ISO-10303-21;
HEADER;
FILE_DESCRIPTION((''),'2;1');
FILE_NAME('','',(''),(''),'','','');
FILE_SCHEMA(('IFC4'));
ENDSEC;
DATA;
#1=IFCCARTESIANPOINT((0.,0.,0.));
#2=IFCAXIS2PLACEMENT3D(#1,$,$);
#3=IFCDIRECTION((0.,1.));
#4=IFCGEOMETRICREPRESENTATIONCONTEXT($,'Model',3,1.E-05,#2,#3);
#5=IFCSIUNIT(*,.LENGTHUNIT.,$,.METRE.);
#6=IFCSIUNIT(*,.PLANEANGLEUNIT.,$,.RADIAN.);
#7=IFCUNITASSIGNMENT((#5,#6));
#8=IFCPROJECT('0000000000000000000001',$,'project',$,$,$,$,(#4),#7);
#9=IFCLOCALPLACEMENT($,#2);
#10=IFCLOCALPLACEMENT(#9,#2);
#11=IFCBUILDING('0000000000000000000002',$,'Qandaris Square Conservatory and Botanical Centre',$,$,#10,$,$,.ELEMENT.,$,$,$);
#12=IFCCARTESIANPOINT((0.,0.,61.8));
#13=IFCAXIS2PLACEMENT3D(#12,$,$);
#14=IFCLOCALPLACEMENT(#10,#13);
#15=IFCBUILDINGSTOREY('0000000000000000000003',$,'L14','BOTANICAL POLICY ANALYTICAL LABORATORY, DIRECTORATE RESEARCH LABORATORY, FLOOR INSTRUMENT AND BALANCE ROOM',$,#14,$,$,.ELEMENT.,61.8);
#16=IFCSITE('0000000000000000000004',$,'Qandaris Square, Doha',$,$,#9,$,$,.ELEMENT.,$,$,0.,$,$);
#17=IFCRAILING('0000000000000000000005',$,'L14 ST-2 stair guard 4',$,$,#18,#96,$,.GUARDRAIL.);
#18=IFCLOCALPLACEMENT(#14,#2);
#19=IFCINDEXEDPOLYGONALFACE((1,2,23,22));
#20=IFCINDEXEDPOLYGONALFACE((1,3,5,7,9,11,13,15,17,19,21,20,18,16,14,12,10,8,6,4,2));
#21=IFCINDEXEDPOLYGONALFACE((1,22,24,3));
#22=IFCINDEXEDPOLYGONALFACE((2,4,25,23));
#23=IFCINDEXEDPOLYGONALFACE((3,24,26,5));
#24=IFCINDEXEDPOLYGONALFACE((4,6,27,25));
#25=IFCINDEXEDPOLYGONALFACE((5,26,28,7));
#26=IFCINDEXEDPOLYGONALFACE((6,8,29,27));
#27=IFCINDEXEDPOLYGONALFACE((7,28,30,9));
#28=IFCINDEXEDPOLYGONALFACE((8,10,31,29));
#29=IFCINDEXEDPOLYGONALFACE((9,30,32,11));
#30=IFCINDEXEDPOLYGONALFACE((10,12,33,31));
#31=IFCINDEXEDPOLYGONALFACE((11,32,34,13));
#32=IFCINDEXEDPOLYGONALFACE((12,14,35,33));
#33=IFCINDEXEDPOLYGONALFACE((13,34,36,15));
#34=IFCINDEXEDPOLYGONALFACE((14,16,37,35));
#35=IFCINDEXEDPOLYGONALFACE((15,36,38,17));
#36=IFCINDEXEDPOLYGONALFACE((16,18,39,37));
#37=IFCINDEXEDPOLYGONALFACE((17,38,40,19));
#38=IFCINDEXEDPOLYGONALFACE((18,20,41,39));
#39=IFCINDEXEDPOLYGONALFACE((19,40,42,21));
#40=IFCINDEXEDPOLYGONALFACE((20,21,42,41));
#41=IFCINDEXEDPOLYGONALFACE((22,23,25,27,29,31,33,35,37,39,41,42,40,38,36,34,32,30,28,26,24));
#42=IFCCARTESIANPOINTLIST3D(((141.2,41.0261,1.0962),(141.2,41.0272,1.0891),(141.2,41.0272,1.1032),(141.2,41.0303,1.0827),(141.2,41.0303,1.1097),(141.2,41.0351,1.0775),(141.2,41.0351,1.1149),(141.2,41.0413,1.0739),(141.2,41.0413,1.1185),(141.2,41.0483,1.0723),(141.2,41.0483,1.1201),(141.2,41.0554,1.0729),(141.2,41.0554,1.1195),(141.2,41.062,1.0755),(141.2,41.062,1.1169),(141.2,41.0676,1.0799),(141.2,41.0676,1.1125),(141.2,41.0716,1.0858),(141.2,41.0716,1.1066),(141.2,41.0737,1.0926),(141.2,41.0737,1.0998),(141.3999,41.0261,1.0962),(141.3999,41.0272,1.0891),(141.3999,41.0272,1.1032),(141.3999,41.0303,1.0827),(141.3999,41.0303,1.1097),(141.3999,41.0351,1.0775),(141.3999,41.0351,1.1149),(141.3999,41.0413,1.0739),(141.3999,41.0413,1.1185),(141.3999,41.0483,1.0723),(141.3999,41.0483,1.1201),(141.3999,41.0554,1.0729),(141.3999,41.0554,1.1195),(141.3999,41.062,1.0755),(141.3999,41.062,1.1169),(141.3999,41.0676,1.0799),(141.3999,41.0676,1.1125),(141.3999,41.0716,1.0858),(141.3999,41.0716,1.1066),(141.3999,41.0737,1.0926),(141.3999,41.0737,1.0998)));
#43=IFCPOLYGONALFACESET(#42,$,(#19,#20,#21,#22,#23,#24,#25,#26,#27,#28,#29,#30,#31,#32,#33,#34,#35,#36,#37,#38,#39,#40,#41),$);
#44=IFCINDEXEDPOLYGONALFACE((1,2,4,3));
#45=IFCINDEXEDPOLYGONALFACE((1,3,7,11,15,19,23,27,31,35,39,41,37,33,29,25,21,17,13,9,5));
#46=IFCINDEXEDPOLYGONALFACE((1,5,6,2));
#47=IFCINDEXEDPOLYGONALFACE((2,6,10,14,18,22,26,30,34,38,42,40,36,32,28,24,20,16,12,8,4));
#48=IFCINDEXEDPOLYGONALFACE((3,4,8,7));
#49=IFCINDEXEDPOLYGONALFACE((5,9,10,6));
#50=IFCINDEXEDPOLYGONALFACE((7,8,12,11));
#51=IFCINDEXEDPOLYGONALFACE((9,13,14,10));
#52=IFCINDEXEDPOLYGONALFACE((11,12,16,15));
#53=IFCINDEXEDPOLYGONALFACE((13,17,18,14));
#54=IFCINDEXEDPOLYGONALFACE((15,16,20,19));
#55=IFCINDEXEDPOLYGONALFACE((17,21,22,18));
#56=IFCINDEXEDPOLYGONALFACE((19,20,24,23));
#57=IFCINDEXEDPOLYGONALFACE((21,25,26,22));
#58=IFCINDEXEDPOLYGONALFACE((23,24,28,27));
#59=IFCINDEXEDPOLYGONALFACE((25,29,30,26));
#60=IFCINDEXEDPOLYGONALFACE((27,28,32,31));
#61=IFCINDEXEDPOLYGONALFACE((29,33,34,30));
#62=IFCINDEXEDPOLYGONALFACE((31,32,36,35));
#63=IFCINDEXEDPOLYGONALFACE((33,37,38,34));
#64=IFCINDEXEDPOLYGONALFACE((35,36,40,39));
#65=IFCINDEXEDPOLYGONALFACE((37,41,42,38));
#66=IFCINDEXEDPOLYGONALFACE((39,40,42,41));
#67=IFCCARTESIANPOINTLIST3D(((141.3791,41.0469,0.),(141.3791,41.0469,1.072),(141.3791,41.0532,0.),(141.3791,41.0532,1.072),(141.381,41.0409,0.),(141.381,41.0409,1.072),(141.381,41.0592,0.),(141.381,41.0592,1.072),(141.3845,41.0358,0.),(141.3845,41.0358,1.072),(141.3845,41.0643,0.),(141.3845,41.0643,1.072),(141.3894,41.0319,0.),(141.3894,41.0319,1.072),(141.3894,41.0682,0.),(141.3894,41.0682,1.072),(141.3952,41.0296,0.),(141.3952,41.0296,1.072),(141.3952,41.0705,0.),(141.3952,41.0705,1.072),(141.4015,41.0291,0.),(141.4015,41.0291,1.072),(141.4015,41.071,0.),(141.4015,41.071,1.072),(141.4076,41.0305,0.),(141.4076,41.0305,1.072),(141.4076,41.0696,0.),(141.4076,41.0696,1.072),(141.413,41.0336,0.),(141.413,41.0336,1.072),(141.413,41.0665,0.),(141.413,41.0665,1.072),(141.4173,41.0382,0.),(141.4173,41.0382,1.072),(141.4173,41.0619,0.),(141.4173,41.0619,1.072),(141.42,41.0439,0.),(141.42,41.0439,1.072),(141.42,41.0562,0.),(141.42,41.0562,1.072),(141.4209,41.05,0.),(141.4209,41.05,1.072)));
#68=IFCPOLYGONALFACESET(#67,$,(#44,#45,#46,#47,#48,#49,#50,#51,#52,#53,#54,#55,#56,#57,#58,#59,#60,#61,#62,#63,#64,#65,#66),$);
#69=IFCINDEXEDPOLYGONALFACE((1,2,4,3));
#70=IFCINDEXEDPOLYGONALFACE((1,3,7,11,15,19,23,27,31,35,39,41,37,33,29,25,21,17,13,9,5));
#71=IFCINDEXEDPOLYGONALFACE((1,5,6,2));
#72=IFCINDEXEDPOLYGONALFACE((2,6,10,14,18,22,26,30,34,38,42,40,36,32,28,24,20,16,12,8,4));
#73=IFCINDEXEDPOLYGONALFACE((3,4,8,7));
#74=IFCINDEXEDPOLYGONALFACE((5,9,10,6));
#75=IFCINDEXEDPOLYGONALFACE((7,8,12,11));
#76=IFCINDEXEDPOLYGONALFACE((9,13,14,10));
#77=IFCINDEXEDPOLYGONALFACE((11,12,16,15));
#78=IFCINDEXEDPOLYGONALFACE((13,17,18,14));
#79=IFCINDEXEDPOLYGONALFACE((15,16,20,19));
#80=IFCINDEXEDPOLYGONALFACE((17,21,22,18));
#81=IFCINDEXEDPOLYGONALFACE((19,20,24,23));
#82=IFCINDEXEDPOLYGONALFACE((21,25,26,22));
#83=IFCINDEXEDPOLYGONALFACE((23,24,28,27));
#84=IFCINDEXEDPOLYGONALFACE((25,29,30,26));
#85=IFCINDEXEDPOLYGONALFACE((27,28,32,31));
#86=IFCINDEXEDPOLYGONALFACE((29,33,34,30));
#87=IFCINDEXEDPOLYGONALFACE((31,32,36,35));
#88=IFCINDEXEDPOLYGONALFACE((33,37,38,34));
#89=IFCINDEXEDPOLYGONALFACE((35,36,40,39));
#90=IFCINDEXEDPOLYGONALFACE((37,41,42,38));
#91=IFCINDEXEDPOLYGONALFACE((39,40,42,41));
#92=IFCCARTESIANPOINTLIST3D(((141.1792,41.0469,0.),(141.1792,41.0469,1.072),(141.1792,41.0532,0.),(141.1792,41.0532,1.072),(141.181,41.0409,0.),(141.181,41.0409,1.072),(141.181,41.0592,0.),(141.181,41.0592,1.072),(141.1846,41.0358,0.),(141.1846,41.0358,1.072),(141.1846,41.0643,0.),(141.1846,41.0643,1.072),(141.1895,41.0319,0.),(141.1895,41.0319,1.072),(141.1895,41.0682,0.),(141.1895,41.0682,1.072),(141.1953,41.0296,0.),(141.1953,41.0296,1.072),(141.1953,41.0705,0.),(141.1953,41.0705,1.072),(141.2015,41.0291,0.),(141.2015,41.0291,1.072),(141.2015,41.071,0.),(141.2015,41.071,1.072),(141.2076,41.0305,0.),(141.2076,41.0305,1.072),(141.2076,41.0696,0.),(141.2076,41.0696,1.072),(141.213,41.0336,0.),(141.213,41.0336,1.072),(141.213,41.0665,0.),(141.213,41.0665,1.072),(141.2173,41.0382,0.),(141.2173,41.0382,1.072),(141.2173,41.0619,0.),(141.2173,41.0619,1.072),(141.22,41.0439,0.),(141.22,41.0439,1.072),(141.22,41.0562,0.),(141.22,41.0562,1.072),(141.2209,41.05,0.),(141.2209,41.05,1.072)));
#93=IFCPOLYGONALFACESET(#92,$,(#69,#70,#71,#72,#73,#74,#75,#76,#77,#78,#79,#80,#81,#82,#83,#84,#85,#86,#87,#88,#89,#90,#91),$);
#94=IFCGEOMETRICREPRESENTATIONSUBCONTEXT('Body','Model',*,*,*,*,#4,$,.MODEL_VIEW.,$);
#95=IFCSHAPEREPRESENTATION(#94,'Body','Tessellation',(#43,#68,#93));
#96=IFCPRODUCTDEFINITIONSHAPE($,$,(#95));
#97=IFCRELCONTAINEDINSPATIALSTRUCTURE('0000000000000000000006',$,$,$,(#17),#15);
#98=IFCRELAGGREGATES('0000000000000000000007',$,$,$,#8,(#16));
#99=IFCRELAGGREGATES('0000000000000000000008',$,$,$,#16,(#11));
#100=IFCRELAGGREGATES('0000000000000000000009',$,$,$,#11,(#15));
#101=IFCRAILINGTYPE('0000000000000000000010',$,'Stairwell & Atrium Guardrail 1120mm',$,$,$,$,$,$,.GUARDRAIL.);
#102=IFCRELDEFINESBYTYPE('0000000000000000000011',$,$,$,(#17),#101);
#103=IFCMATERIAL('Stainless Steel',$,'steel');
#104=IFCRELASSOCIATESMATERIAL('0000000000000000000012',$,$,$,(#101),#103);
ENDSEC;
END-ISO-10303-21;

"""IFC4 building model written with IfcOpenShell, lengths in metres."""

from ifc_helpers import new_model, si_unit, direction, frame, origin, origin_2d, place, context, subcontext, project, spatial, circle, extrude, material, type_object, element, save


model = new_model("IFC4")

# Units and contexts
model_context = context("Model", 3, precision=1e-05, world=origin(), true_north=direction((0.0, 1.0)))
body_context = subcontext(model_context, "Body", "Model", "MODEL_VIEW")
ifc_project = project(units=[si_unit("LENGTHUNIT", "METRE"), si_unit("PLANEANGLEUNIT", "RADIAN")], contexts=[model_context])

# Site, building, storey
site_placement = place(None, origin())
site = spatial("IfcSite", under=ifc_project, at=site_placement, Name="Qandaris Square, Doha", CompositionType="ELEMENT", RefElevation=0.0)
building_placement = place(site_placement, origin())
building = spatial("IfcBuilding", under=site, at=building_placement, Name="Qandaris Square Conservatory and Botanical Centre", CompositionType="ELEMENT")
storey_placement = place(building_placement, frame((0.0, 0.0, 61.8)))
storey = spatial("IfcBuildingStorey", under=building, at=storey_placement, Name="L14", Description="BOTANICAL POLICY ANALYTICAL LABORATORY, DIRECTORATE RESEARCH LABORATORY, FLOOR INSTRUMENT AND BALANCE ROOM", CompositionType="ELEMENT", Elevation=61.8)

# Railing
ifc_material_1 = material(Name="Stainless Steel", Category="steel")
railing_type_1 = type_object("IfcRailingType", Name="Stairwell & Atrium Guardrail 1120mm", PredefinedType="GUARDRAIL", material=ifc_material_1)
railing_1_placement = place(storey_placement, frame((141.3999, 41.05, 0.0)))
element("IfcRailing", 1, at=railing_1_placement, inside=storey, type_object=railing_type_1, Name="L14 ST-2 stair guard 4", PredefinedType="GUARDRAIL", context=body_context, shape_type="SweptSolid", body=[
    extrude(circle(Radius=0.0239, at=origin_2d()), frame((0.0, 0.0, 1.0962), z_axis=(-1.0, 0.0, 0.0), x_axis=(0.0, -1.0, 0.0)), (0.0, 0.0, 1.0), 0.2),
    extrude(circle(Radius=0.021, at=origin_2d()), origin(), (0.0, 0.0, 1.0), 1.072),
    extrude(circle(Radius=0.021, at=origin_2d()), frame((-0.2, 0.0, 0.0)), (0.0, 0.0, 1.0), 1.072),
])

save(model, "model.ifc")
